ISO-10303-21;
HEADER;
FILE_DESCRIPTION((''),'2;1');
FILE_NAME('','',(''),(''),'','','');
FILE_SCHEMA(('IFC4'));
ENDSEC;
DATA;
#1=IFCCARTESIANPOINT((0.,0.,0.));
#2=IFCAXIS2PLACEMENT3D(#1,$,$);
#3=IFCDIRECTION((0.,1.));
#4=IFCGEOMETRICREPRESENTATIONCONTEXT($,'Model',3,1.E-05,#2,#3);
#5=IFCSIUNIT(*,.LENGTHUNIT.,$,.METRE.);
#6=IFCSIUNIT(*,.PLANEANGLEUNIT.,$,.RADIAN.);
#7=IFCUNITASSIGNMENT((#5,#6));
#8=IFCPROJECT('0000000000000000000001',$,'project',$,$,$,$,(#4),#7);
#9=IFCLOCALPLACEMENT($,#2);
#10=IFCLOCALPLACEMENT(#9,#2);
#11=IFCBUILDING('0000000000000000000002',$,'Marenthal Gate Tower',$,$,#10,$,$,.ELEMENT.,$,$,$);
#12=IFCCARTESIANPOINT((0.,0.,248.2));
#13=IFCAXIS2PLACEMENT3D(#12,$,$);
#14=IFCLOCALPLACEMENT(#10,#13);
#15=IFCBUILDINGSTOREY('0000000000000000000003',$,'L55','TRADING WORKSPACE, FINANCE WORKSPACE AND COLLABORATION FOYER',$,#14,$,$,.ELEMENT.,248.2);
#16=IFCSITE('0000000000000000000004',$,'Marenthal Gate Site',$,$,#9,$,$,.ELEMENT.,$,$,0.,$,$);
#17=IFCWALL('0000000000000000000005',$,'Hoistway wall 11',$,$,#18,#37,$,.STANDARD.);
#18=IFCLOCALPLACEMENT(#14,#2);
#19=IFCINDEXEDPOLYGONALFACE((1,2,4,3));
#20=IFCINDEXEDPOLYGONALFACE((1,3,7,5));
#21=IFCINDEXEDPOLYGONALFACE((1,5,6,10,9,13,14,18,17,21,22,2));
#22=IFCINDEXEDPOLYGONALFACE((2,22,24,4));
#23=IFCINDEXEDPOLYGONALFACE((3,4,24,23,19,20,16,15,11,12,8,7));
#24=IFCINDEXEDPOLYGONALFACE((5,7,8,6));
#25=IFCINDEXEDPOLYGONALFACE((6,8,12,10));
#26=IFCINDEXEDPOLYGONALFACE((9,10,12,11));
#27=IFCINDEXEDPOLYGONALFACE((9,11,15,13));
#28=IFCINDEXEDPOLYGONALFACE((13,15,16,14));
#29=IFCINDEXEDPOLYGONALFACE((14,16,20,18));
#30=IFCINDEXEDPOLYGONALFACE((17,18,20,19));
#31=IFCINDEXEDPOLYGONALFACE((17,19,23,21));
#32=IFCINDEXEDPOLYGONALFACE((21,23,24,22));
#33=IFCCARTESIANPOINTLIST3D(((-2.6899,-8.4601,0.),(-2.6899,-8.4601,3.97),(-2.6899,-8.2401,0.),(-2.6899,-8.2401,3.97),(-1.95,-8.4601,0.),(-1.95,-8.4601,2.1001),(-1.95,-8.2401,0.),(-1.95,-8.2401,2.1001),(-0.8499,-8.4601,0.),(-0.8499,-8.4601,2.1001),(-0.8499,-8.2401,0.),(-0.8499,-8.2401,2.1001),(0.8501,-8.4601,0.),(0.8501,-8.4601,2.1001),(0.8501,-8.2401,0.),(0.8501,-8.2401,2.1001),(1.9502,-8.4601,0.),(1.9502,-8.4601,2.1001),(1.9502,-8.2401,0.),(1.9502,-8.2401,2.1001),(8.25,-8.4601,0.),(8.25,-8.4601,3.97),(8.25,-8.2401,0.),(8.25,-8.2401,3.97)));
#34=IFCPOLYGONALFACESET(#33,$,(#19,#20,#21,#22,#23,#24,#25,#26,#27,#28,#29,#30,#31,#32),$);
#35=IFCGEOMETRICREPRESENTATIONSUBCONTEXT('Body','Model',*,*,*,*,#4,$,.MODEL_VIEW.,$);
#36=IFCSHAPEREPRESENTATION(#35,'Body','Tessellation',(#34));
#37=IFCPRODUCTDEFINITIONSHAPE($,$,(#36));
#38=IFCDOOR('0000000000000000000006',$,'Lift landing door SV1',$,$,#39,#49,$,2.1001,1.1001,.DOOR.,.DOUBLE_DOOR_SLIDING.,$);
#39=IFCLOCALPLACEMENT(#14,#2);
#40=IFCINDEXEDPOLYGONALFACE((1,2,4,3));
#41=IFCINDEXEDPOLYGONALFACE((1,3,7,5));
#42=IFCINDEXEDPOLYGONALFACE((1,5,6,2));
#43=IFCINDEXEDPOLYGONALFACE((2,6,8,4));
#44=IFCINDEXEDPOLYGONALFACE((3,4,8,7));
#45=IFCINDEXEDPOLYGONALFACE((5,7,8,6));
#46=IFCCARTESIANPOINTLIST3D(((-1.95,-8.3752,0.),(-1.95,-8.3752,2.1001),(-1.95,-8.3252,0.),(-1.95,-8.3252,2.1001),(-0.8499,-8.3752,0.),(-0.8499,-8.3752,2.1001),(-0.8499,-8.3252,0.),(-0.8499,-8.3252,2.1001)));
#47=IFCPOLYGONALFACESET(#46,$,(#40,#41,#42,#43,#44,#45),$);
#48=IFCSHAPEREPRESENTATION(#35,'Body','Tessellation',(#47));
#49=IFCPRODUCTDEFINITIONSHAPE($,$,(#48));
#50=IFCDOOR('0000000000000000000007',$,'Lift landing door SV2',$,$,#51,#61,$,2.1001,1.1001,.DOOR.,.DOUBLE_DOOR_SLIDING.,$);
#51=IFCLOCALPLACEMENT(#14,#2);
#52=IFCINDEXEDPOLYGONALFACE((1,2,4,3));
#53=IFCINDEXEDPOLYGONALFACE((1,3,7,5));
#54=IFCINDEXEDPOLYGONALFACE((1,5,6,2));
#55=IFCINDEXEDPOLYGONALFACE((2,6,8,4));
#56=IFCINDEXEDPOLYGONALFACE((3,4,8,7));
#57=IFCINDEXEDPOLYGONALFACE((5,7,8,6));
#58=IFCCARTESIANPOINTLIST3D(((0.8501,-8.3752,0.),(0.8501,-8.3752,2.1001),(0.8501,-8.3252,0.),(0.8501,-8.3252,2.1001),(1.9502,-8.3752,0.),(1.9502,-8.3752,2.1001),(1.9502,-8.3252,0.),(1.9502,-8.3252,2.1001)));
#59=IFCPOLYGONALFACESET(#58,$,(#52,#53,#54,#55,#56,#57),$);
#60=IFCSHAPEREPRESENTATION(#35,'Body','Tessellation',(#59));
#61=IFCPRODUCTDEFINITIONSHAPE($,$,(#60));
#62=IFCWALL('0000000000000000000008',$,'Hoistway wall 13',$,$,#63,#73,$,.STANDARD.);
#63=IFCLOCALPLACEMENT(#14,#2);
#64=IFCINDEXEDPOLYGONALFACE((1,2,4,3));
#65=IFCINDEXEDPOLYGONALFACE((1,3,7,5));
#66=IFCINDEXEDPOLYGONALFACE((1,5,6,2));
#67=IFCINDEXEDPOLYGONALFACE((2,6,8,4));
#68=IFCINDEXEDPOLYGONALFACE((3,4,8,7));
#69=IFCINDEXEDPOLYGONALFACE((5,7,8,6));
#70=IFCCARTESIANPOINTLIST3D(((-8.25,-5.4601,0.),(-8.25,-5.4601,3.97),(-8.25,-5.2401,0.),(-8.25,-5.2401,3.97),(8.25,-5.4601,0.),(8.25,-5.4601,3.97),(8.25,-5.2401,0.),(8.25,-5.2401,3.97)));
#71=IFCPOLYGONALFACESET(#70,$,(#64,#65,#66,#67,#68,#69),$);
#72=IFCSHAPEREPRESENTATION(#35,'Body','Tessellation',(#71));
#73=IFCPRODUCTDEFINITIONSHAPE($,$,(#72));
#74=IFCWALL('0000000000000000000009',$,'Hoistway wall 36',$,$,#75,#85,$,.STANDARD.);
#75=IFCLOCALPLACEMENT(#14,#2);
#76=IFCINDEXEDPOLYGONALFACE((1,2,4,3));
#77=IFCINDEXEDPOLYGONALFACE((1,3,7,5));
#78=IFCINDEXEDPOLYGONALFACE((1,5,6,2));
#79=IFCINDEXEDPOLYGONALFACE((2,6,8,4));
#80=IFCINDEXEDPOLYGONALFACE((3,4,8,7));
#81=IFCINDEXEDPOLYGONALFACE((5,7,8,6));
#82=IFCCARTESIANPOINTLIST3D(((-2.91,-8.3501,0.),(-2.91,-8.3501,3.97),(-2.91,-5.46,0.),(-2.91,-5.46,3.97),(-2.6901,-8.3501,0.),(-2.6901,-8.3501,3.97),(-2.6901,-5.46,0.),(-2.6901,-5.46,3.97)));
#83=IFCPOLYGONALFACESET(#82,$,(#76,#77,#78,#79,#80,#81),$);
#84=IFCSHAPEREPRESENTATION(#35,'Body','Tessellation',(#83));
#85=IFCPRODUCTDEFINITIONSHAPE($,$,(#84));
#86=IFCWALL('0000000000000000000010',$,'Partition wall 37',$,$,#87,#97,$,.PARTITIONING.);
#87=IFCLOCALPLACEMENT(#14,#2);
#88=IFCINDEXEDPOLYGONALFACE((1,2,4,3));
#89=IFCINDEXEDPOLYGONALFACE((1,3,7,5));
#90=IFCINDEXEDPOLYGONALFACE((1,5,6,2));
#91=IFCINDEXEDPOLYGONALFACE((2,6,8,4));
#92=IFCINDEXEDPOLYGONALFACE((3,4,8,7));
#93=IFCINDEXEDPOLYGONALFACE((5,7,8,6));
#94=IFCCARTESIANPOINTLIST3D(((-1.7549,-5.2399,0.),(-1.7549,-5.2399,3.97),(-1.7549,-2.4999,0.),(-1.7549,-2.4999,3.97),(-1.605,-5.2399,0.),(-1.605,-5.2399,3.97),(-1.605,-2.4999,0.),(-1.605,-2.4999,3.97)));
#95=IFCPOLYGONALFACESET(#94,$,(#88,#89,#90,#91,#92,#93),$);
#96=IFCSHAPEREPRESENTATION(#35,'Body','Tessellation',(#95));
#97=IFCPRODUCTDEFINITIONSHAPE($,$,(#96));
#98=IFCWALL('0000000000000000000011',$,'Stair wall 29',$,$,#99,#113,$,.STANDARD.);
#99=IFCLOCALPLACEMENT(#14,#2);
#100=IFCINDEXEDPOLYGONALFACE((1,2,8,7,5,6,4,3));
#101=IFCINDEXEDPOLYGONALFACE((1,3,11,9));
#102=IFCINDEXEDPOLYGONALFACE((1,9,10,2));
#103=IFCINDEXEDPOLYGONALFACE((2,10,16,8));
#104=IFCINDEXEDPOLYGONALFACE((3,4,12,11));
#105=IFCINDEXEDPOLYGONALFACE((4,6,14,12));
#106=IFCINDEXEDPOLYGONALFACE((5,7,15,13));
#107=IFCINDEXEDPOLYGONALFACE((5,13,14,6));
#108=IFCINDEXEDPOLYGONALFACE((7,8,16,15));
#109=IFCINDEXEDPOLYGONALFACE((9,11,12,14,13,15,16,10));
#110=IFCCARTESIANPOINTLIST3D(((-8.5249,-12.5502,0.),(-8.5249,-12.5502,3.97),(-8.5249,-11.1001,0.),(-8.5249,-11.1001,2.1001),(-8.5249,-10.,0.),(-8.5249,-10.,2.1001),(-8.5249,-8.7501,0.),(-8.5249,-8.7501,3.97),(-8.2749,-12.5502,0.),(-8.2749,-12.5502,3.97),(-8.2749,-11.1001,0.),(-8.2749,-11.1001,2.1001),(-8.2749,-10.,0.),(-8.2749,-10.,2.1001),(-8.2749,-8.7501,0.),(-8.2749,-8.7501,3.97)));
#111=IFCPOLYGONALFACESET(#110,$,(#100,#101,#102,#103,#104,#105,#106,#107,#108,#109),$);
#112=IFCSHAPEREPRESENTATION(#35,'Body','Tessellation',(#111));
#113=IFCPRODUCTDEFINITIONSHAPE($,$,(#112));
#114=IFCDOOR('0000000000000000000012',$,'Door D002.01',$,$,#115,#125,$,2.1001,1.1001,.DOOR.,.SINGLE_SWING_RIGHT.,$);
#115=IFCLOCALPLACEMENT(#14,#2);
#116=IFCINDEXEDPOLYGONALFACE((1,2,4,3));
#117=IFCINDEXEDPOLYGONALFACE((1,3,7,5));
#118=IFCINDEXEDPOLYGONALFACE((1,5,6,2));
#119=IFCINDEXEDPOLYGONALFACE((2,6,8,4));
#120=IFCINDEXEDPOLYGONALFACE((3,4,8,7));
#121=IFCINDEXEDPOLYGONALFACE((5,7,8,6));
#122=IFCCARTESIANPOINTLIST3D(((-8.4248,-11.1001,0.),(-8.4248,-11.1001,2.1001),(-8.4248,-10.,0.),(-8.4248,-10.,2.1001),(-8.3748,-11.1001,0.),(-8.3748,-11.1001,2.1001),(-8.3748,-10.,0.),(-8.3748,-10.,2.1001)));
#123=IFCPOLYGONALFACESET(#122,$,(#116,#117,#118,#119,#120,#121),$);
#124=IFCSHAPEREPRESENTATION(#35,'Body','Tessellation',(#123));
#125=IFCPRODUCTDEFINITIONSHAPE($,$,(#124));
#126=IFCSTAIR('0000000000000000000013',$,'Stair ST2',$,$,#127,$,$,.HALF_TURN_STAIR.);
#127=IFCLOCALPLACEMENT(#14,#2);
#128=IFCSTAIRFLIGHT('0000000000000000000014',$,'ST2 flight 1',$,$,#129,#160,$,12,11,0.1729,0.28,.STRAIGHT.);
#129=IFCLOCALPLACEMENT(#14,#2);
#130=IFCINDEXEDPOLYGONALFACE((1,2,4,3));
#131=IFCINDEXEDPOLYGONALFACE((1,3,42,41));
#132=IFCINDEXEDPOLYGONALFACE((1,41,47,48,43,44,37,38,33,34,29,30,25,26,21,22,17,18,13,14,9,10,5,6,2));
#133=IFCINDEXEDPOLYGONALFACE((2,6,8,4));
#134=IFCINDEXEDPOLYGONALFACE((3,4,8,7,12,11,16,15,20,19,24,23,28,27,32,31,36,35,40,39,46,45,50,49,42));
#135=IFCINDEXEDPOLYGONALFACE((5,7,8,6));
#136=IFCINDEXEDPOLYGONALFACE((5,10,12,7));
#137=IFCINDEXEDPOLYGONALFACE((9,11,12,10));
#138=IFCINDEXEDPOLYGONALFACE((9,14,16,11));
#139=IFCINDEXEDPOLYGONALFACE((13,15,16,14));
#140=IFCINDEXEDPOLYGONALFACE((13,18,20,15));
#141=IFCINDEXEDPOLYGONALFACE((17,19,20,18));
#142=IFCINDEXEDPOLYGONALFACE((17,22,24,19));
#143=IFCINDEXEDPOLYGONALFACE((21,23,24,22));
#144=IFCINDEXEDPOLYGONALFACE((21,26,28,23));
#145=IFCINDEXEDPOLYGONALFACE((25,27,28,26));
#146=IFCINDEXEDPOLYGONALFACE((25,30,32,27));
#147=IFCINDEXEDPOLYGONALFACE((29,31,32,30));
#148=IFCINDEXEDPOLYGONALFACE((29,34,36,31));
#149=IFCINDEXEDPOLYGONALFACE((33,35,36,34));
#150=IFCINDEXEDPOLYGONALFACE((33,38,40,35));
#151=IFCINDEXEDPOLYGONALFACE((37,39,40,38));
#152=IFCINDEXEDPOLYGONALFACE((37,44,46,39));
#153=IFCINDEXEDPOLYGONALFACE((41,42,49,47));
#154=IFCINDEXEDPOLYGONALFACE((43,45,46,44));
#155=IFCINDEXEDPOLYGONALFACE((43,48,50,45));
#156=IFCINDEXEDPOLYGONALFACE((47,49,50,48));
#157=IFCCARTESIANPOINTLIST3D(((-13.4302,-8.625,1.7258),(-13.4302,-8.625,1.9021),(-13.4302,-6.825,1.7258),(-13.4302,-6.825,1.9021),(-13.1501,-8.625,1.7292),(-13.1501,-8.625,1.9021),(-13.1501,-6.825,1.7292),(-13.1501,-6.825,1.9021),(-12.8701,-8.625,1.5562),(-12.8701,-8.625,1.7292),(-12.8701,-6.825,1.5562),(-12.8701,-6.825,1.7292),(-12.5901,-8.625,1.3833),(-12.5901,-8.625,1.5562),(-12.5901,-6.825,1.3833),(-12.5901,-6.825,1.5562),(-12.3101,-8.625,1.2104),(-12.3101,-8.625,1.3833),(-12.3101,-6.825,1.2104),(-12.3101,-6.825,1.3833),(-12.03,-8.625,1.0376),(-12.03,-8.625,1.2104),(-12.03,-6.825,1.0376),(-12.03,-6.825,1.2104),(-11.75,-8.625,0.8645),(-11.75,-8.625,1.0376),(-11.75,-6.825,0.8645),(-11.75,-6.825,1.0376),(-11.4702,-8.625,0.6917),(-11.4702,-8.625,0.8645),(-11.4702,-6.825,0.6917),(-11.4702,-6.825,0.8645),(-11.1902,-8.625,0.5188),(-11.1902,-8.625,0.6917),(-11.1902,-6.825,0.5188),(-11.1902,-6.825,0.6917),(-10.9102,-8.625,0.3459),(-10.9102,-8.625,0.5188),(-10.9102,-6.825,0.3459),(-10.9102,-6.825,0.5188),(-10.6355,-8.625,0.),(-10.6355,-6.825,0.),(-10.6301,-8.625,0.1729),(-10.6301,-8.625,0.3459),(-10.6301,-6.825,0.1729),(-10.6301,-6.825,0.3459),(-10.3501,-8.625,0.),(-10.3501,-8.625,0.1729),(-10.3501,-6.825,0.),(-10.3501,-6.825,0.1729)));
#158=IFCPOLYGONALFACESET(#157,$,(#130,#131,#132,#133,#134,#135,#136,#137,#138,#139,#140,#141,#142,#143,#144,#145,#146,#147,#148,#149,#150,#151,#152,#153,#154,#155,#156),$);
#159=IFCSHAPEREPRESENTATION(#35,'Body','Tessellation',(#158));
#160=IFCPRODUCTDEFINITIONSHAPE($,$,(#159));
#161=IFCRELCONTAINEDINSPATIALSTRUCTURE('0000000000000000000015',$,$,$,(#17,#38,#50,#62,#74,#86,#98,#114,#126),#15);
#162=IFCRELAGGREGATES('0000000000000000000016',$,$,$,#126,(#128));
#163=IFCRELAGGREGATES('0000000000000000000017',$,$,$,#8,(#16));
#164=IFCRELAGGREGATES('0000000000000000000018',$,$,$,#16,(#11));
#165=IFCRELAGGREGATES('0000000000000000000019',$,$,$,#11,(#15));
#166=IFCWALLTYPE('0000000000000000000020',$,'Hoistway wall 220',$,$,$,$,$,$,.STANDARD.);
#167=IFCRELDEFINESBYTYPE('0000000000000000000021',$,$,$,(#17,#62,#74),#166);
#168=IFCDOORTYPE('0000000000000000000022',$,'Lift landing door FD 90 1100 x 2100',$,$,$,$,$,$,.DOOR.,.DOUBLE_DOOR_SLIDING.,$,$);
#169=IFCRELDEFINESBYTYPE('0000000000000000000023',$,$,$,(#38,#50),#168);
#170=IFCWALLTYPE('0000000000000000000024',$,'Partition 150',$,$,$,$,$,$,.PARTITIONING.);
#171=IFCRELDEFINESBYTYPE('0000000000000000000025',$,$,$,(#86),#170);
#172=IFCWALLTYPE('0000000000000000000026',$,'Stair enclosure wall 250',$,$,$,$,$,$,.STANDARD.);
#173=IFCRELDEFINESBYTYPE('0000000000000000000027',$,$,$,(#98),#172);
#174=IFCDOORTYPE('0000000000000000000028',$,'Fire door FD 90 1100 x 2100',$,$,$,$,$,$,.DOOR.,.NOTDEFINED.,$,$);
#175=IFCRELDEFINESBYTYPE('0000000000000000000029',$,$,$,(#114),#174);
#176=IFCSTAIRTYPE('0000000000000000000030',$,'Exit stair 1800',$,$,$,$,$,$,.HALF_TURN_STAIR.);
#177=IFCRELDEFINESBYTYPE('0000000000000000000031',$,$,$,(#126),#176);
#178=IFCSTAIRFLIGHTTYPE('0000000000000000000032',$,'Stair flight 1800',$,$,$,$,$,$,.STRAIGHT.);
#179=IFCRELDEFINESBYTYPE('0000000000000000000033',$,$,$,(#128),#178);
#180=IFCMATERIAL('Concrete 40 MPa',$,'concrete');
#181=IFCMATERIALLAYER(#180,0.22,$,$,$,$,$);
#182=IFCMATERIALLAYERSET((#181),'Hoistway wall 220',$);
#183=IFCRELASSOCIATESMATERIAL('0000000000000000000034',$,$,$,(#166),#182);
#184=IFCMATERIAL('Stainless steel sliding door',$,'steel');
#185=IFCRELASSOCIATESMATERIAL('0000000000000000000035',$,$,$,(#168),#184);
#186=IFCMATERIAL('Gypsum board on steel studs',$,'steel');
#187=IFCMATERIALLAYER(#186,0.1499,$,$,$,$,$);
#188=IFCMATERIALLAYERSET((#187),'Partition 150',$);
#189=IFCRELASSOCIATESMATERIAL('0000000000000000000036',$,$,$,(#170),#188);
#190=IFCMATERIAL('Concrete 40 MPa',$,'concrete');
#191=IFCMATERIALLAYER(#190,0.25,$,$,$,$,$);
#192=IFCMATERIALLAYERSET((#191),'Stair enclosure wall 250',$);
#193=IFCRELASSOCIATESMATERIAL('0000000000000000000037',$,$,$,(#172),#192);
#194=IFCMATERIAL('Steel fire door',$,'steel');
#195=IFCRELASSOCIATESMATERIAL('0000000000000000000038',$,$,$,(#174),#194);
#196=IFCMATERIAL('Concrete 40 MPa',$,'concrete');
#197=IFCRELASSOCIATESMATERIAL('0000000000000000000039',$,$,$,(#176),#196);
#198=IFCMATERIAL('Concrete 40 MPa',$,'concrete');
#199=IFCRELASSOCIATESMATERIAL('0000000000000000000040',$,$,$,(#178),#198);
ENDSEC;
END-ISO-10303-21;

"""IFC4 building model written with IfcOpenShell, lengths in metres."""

from ifc_helpers import new_model, si_unit, direction, frame, frame_2d, origin, place, context, subcontext, project, spatial, polyline, rectangle, outline, extrude, material, layer, layer_set, type_object, element, fill, aggregate, save


model = new_model("IFC4")

# Units and contexts
model_context = context("Model", 3, precision=1e-05, world=origin(), true_north=direction((0.0, 1.0)))
body_context = subcontext(model_context, "Body", "Model", "MODEL_VIEW")
ifc_project = project(units=[si_unit("LENGTHUNIT", "METRE"), si_unit("PLANEANGLEUNIT", "RADIAN")], contexts=[model_context])

# Site, building, storey
site_placement = place(None, origin())
site = spatial("IfcSite", under=ifc_project, at=site_placement, Name="Marenthal Gate Site", CompositionType="ELEMENT", RefElevation=0.0)
building_placement = place(site_placement, origin())
building = spatial("IfcBuilding", under=site, at=building_placement, Name="Marenthal Gate Tower", CompositionType="ELEMENT")
storey_placement = place(building_placement, frame((0.0, 0.0, 248.2)))
storey = spatial("IfcBuildingStorey", under=building, at=storey_placement, Name="L55", Description="TRADING WORKSPACE, FINANCE WORKSPACE AND COLLABORATION FOYER", CompositionType="ELEMENT", Elevation=248.2)

# Wall, openings, doors
ifc_material_1 = material(Name="Concrete 40 MPa", Category="concrete")
ifc_layer_1 = layer(ifc_material_1, 0.22)
ifc_layer_set_1 = layer_set([ifc_layer_1], Name="Hoistway wall 220")
wall_type_1 = type_object("IfcWallType", Name="Hoistway wall 220", PredefinedType="STANDARD", material=ifc_layer_set_1)
ifc_material_2 = material(Name="Stainless steel sliding door", Category="steel")
door_type_1 = type_object("IfcDoorType", Name="Lift landing door FD 90 1100 x 2100", OperationType="DOUBLE_DOOR_SLIDING", PredefinedType="DOOR", material=ifc_material_2)
wall_1_placement = place(storey_placement, frame((-2.6899, -8.3501, 0.0), z_axis=(0.0, 0.0, 1.0), x_axis=(1.0, 0.0, 0.0)))
wall_1 = element("IfcWall", 1, at=wall_1_placement, inside=storey, type_object=wall_type_1, Name="Hoistway wall 11", PredefinedType="STANDARD", context=body_context, shape_type="SweptSolid", body=[
    extrude(rectangle(XDim=10.9399, YDim=0.22, at=frame_2d((5.47, 0.0))), origin(), (0.0, 0.0, 1.0), 3.97),
])
opening_1_placement = place(wall_1_placement, frame((0.74, 0.0, 0.0)))
opening_1 = element("IfcOpeningElement", 2, at=opening_1_placement, cuts=wall_1, PredefinedType="OPENING", context=body_context, shape_type="SweptSolid", body=[
    extrude(rectangle(XDim=1.1001, YDim=2.1001, at=frame_2d((0.55, 1.05))), frame((0.0, 0.1201, 0.0), z_axis=(0.0, -1.0, 0.0), x_axis=(1.0, 0.0, 0.0)), (0.0, 0.0, 1.0), 0.24),
])
opening_2_placement = place(wall_1_placement, frame((3.54, 0.0, 0.0)))
opening_2 = element("IfcOpeningElement", 3, at=opening_2_placement, cuts=wall_1, PredefinedType="OPENING", context=body_context, shape_type="SweptSolid", body=[
    extrude(rectangle(XDim=1.1001, YDim=2.1001, at=frame_2d((0.55, 1.05))), frame((0.0, 0.1201, 0.0), z_axis=(0.0, -1.0, 0.0), x_axis=(1.0, 0.0, 0.0)), (0.0, 0.0, 1.0), 0.24),
])
door_1_placement = place(opening_1_placement, origin())
door_1 = element("IfcDoor", 4, at=door_1_placement, inside=storey, type_object=door_type_1, Name="Lift landing door SV1", OperationType="DOUBLE_DOOR_SLIDING", OverallHeight=2.1001, OverallWidth=1.1001, PredefinedType="DOOR", context=body_context, shape_type="SweptSolid", body=[
    extrude(rectangle(XDim=1.1001, YDim=2.1001, at=frame_2d((0.55, 1.05))), frame((0.0, 0.0249, 0.0), z_axis=(0.0, -1.0, 0.0), x_axis=(1.0, 0.0, 0.0)), (0.0, 0.0, 1.0), 0.05),
])
fill(opening_1, door_1)
door_2_placement = place(opening_2_placement, origin())
door_2 = element("IfcDoor", 5, at=door_2_placement, inside=storey, type_object=door_type_1, Name="Lift landing door SV2", OperationType="DOUBLE_DOOR_SLIDING", OverallHeight=2.1001, OverallWidth=1.1001, PredefinedType="DOOR", context=body_context, shape_type="SweptSolid", body=[
    extrude(rectangle(XDim=1.1001, YDim=2.1001, at=frame_2d((0.55, 1.05))), frame((0.0, 0.0249, 0.0), z_axis=(0.0, -1.0, 0.0), x_axis=(1.0, 0.0, 0.0)), (0.0, 0.0, 1.0), 0.05),
])
fill(opening_2, door_2)

# Walls
wall_2_placement = place(storey_placement, frame((-8.25, -5.3501, 0.0), z_axis=(0.0, 0.0, 1.0), x_axis=(1.0, 0.0, 0.0)))
element("IfcWall", 6, at=wall_2_placement, inside=storey, type_object=wall_type_1, Name="Hoistway wall 13", PredefinedType="STANDARD", context=body_context, shape_type="SweptSolid", body=[
    extrude(rectangle(XDim=16.5, YDim=0.22, at=frame_2d((8.25, 0.0))), origin(), (0.0, 0.0, 1.0), 3.97),
])
wall_3_placement = place(storey_placement, frame((-2.8, -8.3501, 0.0), z_axis=(0.0, 0.0, 1.0), x_axis=(0.0, 1.0, 0.0)))
element("IfcWall", 7, at=wall_3_placement, inside=storey, type_object=wall_type_1, Name="Hoistway wall 36", PredefinedType="STANDARD", context=body_context, shape_type="SweptSolid", body=[
    extrude(rectangle(XDim=2.8901, YDim=0.22, at=frame_2d((1.4451, 0.0))), origin(), (0.0, 0.0, 1.0), 3.97),
])
ifc_material_3 = material(Name="Gypsum board on steel studs", Category="steel")
ifc_layer_2 = layer(ifc_material_3, 0.1499)
ifc_layer_set_2 = layer_set([ifc_layer_2], Name="Partition 150")
wall_type_2 = type_object("IfcWallType", Name="Partition 150", PredefinedType="PARTITIONING", material=ifc_layer_set_2)
wall_4_placement = place(storey_placement, frame((-1.6799, -5.24, 0.0), z_axis=(0.0, 0.0, 1.0), x_axis=(0.0, 1.0, 0.0)))
element("IfcWall", 8, at=wall_4_placement, inside=storey, type_object=wall_type_2, Name="Partition wall 37", PredefinedType="PARTITIONING", context=body_context, shape_type="SweptSolid", body=[
    extrude(rectangle(XDim=2.74, YDim=0.1499, at=frame_2d((1.3701, 0.0))), origin(), (0.0, 0.0, 1.0), 3.97),
])

# Wall, opening, door
ifc_material_4 = material(Name="Concrete 40 MPa", Category="concrete")
ifc_layer_3 = layer(ifc_material_4, 0.25)
ifc_layer_set_3 = layer_set([ifc_layer_3], Name="Stair enclosure wall 250")
wall_type_3 = type_object("IfcWallType", Name="Stair enclosure wall 250", PredefinedType="STANDARD", material=ifc_layer_set_3)
wall_5_placement = place(storey_placement, frame((-8.3999, -12.55, 0.0), z_axis=(0.0, 0.0, 1.0), x_axis=(0.0, 1.0, 0.0)))
wall_5 = element("IfcWall", 9, at=wall_5_placement, inside=storey, type_object=wall_type_3, Name="Stair wall 29", PredefinedType="STANDARD", context=body_context, shape_type="SweptSolid", body=[
    extrude(rectangle(XDim=3.8, YDim=0.25, at=frame_2d((1.8999, 0.0))), origin(), (0.0, 0.0, 1.0), 3.97),
])
opening_3_placement = place(wall_5_placement, frame((1.45, 0.0, 0.0)))
opening_3 = element("IfcOpeningElement", 10, at=opening_3_placement, cuts=wall_5, PredefinedType="OPENING", context=body_context, shape_type="SweptSolid", body=[
    extrude(rectangle(XDim=1.1001, YDim=2.1001, at=frame_2d((0.55, 1.05))), frame((0.0, 0.135, 0.0), z_axis=(0.0, -1.0, 0.0), x_axis=(1.0, 0.0, 0.0)), (0.0, 0.0, 1.0), 0.27),
])
ifc_material_5 = material(Name="Steel fire door", Category="steel")
door_type_2 = type_object("IfcDoorType", Name="Fire door FD 90 1100 x 2100", OperationType="NOTDEFINED", PredefinedType="DOOR", material=ifc_material_5)
door_3_placement = place(opening_3_placement, origin())
door_3 = element("IfcDoor", 11, at=door_3_placement, inside=storey, type_object=door_type_2, Name="Door D002.01", OperationType="SINGLE_SWING_RIGHT", OverallHeight=2.1001, OverallWidth=1.1001, PredefinedType="DOOR", context=body_context, shape_type="SweptSolid", body=[
    extrude(rectangle(XDim=1.1001, YDim=2.1001, at=frame_2d((0.55, 1.05))), frame((0.0, 0.0249, 0.0), z_axis=(0.0, -1.0, 0.0), x_axis=(1.0, 0.0, 0.0)), (0.0, 0.0, 1.0), 0.05),
])
fill(opening_3, door_3)

# Stair, stair flight
ifc_material_6 = material(Name="Concrete 40 MPa", Category="concrete")
stair_type = type_object("IfcStairType", Name="Exit stair 1800", PredefinedType="HALF_TURN_STAIR", material=ifc_material_6)
stair_placement = place(storey_placement, origin())
stair = element("IfcStair", 12, at=stair_placement, inside=storey, type_object=stair_type, Name="Stair ST2", PredefinedType="HALF_TURN_STAIR")
ifc_material_7 = material(Name="Concrete 40 MPa", Category="concrete")
stair_flight_type = type_object("IfcStairFlightType", Name="Stair flight 1800", PredefinedType="STRAIGHT", material=ifc_material_7)
stair_flight_1_placement = place(storey_placement, frame((-10.3501, -7.7251, 0.0), z_axis=(0.0, 0.0, 1.0), x_axis=(-1.0, 0.0, 0.0)))
stair_flight_1 = element("IfcStairFlight", 13, at=stair_flight_1_placement, type_object=stair_flight_type, Name="ST2 flight 1", NumberOfRisers=12, NumberOfTreads=11, PredefinedType="STRAIGHT", RiserHeight=0.1729, TreadLength=0.28, context=body_context, shape_type="SweptSolid", body=[
    extrude(outline(polyline([(0.0, 0.0), (0.0, 0.1729), (0.28, 0.1729), (0.28, 0.3459), (0.5601, 0.3459), (0.5601, 0.5188), (0.8401, 0.5188), (0.8401, 0.6917), (1.1201, 0.6917), (1.1201, 0.8645), (1.3999, 0.8645), (1.3999, 1.0376), (1.6799, 1.0376), (1.6799, 1.2104), (1.96, 1.2104), (1.96, 1.3833), (2.24, 1.3833), (2.24, 1.5562), (2.52, 1.5562), (2.52, 1.7292), (2.8, 1.7292), (2.8, 1.9021), (3.0801, 1.9021), (3.0801, 2.075), (3.0801, 1.7258), (0.2854, 0.0), (0.0, 0.0)])), frame((0.0, 0.8999, 0.0), z_axis=(0.0, -1.0, 0.0), x_axis=(1.0, 0.0, 0.0)), (0.0, 0.0, 1.0), 1.8),
])
aggregate(stair, [stair_flight_1])

save(model, "model.ifc")
